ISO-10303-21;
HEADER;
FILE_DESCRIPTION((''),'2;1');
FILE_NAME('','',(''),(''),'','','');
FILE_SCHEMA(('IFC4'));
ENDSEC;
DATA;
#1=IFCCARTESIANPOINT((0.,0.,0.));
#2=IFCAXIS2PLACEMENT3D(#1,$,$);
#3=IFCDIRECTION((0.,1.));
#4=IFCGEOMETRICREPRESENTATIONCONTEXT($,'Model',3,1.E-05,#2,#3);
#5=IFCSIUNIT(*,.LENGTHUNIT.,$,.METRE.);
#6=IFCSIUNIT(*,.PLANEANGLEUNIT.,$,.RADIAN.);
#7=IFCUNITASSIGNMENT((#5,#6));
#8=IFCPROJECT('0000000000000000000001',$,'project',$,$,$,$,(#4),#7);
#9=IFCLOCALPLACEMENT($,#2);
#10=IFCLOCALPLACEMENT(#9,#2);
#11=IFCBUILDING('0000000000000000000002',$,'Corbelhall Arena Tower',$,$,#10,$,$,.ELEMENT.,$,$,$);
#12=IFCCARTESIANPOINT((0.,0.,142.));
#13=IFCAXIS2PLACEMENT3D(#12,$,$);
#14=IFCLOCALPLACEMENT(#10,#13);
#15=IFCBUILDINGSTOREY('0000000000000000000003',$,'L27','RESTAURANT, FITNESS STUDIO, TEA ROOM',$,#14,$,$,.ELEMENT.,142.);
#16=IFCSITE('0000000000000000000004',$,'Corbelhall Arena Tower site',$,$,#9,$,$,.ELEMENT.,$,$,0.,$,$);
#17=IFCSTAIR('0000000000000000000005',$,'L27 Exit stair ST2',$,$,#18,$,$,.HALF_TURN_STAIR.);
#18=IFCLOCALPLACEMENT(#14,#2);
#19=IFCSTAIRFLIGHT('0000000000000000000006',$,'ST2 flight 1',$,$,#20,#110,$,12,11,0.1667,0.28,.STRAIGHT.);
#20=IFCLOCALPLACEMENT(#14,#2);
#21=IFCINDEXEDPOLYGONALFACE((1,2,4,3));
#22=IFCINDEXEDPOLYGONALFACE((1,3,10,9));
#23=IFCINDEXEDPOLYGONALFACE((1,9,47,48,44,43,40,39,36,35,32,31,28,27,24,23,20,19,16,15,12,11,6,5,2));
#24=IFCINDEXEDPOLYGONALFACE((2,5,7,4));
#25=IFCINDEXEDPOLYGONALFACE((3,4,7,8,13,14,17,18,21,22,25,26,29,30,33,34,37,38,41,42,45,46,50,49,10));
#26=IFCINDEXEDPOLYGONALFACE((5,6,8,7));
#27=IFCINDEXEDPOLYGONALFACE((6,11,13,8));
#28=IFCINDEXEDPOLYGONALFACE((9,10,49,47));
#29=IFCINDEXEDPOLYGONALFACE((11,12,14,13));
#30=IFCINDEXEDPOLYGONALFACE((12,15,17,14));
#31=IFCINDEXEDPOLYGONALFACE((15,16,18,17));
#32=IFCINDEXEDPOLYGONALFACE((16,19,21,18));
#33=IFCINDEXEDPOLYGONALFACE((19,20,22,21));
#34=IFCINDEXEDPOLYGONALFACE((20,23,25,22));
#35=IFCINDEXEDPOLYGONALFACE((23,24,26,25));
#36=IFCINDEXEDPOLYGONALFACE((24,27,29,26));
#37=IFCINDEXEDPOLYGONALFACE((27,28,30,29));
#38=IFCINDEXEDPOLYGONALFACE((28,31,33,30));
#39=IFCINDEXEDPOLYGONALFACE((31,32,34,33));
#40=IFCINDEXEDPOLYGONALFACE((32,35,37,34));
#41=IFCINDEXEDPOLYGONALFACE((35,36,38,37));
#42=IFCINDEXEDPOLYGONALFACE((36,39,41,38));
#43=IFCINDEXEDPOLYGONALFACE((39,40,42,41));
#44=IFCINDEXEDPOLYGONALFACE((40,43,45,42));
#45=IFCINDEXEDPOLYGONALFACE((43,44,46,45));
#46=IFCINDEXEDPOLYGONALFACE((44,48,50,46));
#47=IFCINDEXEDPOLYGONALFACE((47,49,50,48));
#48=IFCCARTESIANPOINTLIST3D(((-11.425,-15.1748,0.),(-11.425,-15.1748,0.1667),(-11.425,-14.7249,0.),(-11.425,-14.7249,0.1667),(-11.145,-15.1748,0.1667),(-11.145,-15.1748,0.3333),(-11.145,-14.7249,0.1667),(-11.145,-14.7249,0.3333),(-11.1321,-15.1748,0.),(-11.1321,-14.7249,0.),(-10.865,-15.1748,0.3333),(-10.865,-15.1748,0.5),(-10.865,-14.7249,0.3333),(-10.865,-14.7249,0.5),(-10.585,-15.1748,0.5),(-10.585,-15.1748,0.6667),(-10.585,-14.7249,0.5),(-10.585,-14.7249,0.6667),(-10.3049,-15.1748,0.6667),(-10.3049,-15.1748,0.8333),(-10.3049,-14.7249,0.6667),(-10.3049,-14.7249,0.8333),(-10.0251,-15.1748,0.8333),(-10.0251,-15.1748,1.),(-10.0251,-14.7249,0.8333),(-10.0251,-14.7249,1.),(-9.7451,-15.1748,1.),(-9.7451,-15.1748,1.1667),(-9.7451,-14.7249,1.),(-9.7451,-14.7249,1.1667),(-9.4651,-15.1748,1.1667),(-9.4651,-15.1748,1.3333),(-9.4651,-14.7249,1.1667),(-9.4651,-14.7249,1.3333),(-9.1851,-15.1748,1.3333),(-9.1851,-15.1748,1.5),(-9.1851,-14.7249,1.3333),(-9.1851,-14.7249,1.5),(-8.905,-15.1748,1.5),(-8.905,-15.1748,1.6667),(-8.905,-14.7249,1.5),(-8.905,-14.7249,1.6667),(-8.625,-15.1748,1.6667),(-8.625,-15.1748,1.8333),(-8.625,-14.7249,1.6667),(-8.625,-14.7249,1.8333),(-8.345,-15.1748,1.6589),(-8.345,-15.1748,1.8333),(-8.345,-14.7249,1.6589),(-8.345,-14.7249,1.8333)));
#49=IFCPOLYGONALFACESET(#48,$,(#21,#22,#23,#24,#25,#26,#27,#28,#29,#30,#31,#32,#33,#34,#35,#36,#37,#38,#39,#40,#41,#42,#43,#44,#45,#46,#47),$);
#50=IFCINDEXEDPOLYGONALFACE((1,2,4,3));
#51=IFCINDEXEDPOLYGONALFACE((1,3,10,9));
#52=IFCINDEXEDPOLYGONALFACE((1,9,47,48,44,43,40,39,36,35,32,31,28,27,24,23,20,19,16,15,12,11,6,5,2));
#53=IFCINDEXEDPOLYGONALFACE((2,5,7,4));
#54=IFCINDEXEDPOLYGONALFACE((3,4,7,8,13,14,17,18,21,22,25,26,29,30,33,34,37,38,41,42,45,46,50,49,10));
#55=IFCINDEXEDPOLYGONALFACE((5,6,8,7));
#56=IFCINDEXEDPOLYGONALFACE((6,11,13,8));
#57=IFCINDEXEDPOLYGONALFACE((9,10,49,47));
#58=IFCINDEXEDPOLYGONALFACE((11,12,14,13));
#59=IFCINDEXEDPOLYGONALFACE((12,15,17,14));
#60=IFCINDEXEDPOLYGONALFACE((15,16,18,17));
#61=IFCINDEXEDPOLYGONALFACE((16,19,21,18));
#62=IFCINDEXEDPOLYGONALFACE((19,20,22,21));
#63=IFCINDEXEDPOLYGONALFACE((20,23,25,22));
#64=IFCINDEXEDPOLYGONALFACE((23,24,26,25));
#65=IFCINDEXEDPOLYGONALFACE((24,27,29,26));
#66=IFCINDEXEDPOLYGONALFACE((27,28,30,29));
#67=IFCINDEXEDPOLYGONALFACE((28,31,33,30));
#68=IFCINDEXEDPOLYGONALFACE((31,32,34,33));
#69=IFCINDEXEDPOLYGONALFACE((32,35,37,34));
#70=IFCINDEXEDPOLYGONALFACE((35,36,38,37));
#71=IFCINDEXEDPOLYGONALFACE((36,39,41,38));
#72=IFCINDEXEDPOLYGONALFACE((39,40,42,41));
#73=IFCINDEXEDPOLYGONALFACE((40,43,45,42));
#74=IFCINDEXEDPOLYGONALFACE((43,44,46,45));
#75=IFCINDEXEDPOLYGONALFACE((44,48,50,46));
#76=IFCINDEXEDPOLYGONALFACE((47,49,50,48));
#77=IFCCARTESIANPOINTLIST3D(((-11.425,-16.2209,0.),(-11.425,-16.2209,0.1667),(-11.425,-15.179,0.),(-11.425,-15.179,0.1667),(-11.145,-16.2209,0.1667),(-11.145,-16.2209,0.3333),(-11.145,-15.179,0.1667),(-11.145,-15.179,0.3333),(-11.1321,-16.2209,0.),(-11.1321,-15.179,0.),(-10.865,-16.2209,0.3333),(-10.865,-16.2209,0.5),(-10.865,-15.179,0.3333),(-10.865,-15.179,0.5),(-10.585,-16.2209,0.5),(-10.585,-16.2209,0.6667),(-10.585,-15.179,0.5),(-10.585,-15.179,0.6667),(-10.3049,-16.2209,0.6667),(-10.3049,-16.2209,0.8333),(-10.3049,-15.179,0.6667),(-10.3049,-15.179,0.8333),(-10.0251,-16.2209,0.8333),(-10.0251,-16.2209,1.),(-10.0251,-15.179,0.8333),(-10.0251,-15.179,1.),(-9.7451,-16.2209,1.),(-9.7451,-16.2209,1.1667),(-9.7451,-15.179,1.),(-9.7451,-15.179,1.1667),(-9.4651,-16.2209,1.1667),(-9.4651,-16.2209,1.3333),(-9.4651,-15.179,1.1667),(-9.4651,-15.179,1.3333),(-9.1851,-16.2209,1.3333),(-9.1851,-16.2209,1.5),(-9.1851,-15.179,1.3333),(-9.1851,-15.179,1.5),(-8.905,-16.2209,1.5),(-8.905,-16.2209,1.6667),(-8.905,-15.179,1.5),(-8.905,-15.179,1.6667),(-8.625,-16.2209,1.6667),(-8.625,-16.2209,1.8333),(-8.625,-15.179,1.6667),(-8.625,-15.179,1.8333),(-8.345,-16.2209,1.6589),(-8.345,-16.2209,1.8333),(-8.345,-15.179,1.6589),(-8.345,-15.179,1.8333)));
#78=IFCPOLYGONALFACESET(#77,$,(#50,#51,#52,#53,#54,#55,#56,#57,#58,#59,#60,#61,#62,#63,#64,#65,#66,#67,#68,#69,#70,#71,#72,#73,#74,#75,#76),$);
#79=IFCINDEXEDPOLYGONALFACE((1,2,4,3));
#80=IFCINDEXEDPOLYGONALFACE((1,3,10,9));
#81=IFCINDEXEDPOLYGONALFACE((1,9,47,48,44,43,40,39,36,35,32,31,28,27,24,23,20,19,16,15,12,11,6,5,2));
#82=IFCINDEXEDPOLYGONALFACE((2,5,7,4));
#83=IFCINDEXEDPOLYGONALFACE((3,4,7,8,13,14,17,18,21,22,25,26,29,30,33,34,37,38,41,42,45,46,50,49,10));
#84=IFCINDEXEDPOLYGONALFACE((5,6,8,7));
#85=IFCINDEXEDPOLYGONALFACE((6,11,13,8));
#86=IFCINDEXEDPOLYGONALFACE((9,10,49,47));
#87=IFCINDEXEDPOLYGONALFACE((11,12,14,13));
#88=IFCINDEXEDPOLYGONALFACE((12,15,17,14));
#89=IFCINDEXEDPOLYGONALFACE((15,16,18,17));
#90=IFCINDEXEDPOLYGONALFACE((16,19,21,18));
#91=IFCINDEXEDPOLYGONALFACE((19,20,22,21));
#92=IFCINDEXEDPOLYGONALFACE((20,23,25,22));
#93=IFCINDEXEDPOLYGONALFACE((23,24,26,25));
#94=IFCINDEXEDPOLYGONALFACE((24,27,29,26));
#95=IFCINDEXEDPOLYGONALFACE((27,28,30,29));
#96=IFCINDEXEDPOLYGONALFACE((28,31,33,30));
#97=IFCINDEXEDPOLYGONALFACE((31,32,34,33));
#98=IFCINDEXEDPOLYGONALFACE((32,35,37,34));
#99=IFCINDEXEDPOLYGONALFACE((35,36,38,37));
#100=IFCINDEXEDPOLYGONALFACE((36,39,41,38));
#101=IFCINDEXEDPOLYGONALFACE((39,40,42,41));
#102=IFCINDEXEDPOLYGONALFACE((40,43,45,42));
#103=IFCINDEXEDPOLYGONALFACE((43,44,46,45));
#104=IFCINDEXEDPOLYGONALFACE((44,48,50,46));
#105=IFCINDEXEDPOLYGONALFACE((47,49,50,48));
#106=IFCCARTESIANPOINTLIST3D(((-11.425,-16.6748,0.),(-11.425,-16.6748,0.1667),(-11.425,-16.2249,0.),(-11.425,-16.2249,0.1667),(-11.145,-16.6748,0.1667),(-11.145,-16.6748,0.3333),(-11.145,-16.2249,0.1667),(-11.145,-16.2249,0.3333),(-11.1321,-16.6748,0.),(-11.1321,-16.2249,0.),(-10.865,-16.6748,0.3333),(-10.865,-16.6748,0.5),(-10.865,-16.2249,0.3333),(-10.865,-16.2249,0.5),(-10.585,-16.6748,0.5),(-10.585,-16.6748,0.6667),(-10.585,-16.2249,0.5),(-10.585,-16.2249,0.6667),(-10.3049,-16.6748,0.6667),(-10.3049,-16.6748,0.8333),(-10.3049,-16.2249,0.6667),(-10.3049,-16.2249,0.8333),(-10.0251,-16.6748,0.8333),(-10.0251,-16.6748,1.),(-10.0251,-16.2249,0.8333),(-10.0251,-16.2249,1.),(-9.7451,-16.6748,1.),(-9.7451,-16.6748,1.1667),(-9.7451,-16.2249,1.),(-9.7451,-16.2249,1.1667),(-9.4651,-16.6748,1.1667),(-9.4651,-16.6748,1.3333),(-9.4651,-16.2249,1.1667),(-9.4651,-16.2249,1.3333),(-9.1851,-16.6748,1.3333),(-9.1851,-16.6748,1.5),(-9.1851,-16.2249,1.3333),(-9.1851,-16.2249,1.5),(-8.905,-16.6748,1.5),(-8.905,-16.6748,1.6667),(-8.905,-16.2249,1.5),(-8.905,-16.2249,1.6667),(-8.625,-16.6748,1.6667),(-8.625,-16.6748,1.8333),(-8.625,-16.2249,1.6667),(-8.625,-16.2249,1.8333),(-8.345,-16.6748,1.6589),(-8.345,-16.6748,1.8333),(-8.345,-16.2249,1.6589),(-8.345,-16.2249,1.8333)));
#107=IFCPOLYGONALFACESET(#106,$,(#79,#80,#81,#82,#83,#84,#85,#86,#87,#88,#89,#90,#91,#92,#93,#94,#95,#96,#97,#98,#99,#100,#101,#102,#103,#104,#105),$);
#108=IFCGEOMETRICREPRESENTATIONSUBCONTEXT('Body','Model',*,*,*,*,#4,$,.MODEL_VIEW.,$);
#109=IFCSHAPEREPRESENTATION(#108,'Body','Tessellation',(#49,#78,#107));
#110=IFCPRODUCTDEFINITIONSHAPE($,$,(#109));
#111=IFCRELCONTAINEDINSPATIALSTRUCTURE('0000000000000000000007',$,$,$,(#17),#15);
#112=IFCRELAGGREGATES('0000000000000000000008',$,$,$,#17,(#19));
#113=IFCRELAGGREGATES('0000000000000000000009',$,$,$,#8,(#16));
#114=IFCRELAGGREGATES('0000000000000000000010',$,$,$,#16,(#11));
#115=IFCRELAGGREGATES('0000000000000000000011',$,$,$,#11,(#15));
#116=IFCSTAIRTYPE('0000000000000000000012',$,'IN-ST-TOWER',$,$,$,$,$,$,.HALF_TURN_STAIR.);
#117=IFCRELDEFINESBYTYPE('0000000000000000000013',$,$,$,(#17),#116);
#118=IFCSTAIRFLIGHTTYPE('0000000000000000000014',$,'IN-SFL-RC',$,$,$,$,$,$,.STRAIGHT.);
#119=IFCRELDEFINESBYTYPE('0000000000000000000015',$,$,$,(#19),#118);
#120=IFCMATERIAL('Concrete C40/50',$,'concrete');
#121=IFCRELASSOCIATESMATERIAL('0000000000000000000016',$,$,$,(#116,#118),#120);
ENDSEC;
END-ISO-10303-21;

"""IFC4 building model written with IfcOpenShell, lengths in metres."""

from ifc_helpers import new_model, si_unit, direction, frame, origin, place, context, subcontext, project, spatial, polyline, outline, extrude, material, type_object, element, aggregate, save


model = new_model("IFC4")

# Units and contexts
model_context = context("Model", 3, precision=1e-05, world=origin(), true_north=direction((0.0, 1.0)))
body_context = subcontext(model_context, "Body", "Model", "MODEL_VIEW")
ifc_project = project(units=[si_unit("LENGTHUNIT", "METRE"), si_unit("PLANEANGLEUNIT", "RADIAN")], contexts=[model_context])

# Site, building, storey
site_placement = place(None, origin())
site = spatial("IfcSite", under=ifc_project, at=site_placement, Name="Corbelhall Arena Tower site", CompositionType="ELEMENT", RefElevation=0.0)
building_placement = place(site_placement, origin())
building = spatial("IfcBuilding", under=site, at=building_placement, Name="Corbelhall Arena Tower", CompositionType="ELEMENT")
storey_placement = place(building_placement, frame((0.0, 0.0, 142.0)))
storey = spatial("IfcBuildingStorey", under=building, at=storey_placement, Name="L27", Description="RESTAURANT, FITNESS STUDIO, TEA ROOM", CompositionType="ELEMENT", Elevation=142.0)

# Stair, stair flight
ifc_material_1 = material(Name="Concrete C40/50", Category="concrete")
stair_type = type_object("IfcStairType", Name="IN-ST-TOWER", PredefinedType="HALF_TURN_STAIR", material=ifc_material_1)
stair_placement = place(storey_placement, origin())
stair = element("IfcStair", 1, at=stair_placement, inside=storey, type_object=stair_type, Name="L27 Exit stair ST2", PredefinedType="HALF_TURN_STAIR")
stair_flight_type = type_object("IfcStairFlightType", Name="IN-SFL-RC", PredefinedType="STRAIGHT", material=ifc_material_1)
stair_flight_placement = place(storey_placement, frame((-11.425, -15.7, 0.0), z_axis=(0.0, 0.0, 1.0), x_axis=(1.0, 0.0, 0.0)))
stair_flight = element("IfcStairFlight", 2, at=stair_flight_placement, type_object=stair_flight_type, Name="ST2 flight 1", NumberOfRisers=12, NumberOfTreads=11, PredefinedType="STRAIGHT", RiserHeight=0.1667, TreadLength=0.28, context=body_context, shape_type="SweptSolid", body=[
    extrude(outline(polyline([(0.0, 0.0), (0.0, 0.1667), (0.28, 0.1667), (0.28, 0.3333), (0.5601, 0.3333), (0.5601, 0.5), (0.8401, 0.5), (0.8401, 0.6667), (1.1201, 0.6667), (1.1201, 0.8333), (1.3999, 0.8333), (1.3999, 1.0), (1.6799, 1.0), (1.6799, 1.1667), (1.96, 1.1667), (1.96, 1.3333), (2.24, 1.3333), (2.24, 1.5), (2.52, 1.5), (2.52, 1.6667), (2.8, 1.6667), (2.8, 1.8333), (3.0801, 1.8333), (3.0801, 2.0), (3.0801, 1.6589), (0.293, 0.0), (0.0, 0.0)])), frame((0.0, 0.9751, 0.0), z_axis=(0.0, -1.0, 0.0), x_axis=(1.0, 0.0, 0.0)), (0.0, 0.0, 1.0), 0.45),
    extrude(outline(polyline([(0.0, 0.0), (0.0, 0.1667), (0.28, 0.1667), (0.28, 0.3333), (0.5601, 0.3333), (0.5601, 0.5), (0.8401, 0.5), (0.8401, 0.6667), (1.1201, 0.6667), (1.1201, 0.8333), (1.3999, 0.8333), (1.3999, 1.0), (1.6799, 1.0), (1.6799, 1.1667), (1.96, 1.1667), (1.96, 1.3333), (2.24, 1.3333), (2.24, 1.5), (2.52, 1.5), (2.52, 1.6667), (2.8, 1.6667), (2.8, 1.8333), (3.0801, 1.8333), (3.0801, 2.0), (3.0801, 1.6589), (0.293, 0.0), (0.0, 0.0)])), frame((0.0, 0.521, 0.0), z_axis=(0.0, -1.0, 0.0), x_axis=(1.0, 0.0, 0.0)), (0.0, 0.0, 1.0), 1.042),
    extrude(outline(polyline([(0.0, 0.0), (0.0, 0.1667), (0.28, 0.1667), (0.28, 0.3333), (0.5601, 0.3333), (0.5601, 0.5), (0.8401, 0.5), (0.8401, 0.6667), (1.1201, 0.6667), (1.1201, 0.8333), (1.3999, 0.8333), (1.3999, 1.0), (1.6799, 1.0), (1.6799, 1.1667), (1.96, 1.1667), (1.96, 1.3333), (2.24, 1.3333), (2.24, 1.5), (2.52, 1.5), (2.52, 1.6667), (2.8, 1.6667), (2.8, 1.8333), (3.0801, 1.8333), (3.0801, 2.0), (3.0801, 1.6589), (0.293, 0.0), (0.0, 0.0)])), frame((0.0, -0.5249, 0.0), z_axis=(0.0, -1.0, 0.0), x_axis=(1.0, 0.0, 0.0)), (0.0, 0.0, 1.0), 0.45),
])
aggregate(stair, [stair_flight])

save(model, "model.ifc")
